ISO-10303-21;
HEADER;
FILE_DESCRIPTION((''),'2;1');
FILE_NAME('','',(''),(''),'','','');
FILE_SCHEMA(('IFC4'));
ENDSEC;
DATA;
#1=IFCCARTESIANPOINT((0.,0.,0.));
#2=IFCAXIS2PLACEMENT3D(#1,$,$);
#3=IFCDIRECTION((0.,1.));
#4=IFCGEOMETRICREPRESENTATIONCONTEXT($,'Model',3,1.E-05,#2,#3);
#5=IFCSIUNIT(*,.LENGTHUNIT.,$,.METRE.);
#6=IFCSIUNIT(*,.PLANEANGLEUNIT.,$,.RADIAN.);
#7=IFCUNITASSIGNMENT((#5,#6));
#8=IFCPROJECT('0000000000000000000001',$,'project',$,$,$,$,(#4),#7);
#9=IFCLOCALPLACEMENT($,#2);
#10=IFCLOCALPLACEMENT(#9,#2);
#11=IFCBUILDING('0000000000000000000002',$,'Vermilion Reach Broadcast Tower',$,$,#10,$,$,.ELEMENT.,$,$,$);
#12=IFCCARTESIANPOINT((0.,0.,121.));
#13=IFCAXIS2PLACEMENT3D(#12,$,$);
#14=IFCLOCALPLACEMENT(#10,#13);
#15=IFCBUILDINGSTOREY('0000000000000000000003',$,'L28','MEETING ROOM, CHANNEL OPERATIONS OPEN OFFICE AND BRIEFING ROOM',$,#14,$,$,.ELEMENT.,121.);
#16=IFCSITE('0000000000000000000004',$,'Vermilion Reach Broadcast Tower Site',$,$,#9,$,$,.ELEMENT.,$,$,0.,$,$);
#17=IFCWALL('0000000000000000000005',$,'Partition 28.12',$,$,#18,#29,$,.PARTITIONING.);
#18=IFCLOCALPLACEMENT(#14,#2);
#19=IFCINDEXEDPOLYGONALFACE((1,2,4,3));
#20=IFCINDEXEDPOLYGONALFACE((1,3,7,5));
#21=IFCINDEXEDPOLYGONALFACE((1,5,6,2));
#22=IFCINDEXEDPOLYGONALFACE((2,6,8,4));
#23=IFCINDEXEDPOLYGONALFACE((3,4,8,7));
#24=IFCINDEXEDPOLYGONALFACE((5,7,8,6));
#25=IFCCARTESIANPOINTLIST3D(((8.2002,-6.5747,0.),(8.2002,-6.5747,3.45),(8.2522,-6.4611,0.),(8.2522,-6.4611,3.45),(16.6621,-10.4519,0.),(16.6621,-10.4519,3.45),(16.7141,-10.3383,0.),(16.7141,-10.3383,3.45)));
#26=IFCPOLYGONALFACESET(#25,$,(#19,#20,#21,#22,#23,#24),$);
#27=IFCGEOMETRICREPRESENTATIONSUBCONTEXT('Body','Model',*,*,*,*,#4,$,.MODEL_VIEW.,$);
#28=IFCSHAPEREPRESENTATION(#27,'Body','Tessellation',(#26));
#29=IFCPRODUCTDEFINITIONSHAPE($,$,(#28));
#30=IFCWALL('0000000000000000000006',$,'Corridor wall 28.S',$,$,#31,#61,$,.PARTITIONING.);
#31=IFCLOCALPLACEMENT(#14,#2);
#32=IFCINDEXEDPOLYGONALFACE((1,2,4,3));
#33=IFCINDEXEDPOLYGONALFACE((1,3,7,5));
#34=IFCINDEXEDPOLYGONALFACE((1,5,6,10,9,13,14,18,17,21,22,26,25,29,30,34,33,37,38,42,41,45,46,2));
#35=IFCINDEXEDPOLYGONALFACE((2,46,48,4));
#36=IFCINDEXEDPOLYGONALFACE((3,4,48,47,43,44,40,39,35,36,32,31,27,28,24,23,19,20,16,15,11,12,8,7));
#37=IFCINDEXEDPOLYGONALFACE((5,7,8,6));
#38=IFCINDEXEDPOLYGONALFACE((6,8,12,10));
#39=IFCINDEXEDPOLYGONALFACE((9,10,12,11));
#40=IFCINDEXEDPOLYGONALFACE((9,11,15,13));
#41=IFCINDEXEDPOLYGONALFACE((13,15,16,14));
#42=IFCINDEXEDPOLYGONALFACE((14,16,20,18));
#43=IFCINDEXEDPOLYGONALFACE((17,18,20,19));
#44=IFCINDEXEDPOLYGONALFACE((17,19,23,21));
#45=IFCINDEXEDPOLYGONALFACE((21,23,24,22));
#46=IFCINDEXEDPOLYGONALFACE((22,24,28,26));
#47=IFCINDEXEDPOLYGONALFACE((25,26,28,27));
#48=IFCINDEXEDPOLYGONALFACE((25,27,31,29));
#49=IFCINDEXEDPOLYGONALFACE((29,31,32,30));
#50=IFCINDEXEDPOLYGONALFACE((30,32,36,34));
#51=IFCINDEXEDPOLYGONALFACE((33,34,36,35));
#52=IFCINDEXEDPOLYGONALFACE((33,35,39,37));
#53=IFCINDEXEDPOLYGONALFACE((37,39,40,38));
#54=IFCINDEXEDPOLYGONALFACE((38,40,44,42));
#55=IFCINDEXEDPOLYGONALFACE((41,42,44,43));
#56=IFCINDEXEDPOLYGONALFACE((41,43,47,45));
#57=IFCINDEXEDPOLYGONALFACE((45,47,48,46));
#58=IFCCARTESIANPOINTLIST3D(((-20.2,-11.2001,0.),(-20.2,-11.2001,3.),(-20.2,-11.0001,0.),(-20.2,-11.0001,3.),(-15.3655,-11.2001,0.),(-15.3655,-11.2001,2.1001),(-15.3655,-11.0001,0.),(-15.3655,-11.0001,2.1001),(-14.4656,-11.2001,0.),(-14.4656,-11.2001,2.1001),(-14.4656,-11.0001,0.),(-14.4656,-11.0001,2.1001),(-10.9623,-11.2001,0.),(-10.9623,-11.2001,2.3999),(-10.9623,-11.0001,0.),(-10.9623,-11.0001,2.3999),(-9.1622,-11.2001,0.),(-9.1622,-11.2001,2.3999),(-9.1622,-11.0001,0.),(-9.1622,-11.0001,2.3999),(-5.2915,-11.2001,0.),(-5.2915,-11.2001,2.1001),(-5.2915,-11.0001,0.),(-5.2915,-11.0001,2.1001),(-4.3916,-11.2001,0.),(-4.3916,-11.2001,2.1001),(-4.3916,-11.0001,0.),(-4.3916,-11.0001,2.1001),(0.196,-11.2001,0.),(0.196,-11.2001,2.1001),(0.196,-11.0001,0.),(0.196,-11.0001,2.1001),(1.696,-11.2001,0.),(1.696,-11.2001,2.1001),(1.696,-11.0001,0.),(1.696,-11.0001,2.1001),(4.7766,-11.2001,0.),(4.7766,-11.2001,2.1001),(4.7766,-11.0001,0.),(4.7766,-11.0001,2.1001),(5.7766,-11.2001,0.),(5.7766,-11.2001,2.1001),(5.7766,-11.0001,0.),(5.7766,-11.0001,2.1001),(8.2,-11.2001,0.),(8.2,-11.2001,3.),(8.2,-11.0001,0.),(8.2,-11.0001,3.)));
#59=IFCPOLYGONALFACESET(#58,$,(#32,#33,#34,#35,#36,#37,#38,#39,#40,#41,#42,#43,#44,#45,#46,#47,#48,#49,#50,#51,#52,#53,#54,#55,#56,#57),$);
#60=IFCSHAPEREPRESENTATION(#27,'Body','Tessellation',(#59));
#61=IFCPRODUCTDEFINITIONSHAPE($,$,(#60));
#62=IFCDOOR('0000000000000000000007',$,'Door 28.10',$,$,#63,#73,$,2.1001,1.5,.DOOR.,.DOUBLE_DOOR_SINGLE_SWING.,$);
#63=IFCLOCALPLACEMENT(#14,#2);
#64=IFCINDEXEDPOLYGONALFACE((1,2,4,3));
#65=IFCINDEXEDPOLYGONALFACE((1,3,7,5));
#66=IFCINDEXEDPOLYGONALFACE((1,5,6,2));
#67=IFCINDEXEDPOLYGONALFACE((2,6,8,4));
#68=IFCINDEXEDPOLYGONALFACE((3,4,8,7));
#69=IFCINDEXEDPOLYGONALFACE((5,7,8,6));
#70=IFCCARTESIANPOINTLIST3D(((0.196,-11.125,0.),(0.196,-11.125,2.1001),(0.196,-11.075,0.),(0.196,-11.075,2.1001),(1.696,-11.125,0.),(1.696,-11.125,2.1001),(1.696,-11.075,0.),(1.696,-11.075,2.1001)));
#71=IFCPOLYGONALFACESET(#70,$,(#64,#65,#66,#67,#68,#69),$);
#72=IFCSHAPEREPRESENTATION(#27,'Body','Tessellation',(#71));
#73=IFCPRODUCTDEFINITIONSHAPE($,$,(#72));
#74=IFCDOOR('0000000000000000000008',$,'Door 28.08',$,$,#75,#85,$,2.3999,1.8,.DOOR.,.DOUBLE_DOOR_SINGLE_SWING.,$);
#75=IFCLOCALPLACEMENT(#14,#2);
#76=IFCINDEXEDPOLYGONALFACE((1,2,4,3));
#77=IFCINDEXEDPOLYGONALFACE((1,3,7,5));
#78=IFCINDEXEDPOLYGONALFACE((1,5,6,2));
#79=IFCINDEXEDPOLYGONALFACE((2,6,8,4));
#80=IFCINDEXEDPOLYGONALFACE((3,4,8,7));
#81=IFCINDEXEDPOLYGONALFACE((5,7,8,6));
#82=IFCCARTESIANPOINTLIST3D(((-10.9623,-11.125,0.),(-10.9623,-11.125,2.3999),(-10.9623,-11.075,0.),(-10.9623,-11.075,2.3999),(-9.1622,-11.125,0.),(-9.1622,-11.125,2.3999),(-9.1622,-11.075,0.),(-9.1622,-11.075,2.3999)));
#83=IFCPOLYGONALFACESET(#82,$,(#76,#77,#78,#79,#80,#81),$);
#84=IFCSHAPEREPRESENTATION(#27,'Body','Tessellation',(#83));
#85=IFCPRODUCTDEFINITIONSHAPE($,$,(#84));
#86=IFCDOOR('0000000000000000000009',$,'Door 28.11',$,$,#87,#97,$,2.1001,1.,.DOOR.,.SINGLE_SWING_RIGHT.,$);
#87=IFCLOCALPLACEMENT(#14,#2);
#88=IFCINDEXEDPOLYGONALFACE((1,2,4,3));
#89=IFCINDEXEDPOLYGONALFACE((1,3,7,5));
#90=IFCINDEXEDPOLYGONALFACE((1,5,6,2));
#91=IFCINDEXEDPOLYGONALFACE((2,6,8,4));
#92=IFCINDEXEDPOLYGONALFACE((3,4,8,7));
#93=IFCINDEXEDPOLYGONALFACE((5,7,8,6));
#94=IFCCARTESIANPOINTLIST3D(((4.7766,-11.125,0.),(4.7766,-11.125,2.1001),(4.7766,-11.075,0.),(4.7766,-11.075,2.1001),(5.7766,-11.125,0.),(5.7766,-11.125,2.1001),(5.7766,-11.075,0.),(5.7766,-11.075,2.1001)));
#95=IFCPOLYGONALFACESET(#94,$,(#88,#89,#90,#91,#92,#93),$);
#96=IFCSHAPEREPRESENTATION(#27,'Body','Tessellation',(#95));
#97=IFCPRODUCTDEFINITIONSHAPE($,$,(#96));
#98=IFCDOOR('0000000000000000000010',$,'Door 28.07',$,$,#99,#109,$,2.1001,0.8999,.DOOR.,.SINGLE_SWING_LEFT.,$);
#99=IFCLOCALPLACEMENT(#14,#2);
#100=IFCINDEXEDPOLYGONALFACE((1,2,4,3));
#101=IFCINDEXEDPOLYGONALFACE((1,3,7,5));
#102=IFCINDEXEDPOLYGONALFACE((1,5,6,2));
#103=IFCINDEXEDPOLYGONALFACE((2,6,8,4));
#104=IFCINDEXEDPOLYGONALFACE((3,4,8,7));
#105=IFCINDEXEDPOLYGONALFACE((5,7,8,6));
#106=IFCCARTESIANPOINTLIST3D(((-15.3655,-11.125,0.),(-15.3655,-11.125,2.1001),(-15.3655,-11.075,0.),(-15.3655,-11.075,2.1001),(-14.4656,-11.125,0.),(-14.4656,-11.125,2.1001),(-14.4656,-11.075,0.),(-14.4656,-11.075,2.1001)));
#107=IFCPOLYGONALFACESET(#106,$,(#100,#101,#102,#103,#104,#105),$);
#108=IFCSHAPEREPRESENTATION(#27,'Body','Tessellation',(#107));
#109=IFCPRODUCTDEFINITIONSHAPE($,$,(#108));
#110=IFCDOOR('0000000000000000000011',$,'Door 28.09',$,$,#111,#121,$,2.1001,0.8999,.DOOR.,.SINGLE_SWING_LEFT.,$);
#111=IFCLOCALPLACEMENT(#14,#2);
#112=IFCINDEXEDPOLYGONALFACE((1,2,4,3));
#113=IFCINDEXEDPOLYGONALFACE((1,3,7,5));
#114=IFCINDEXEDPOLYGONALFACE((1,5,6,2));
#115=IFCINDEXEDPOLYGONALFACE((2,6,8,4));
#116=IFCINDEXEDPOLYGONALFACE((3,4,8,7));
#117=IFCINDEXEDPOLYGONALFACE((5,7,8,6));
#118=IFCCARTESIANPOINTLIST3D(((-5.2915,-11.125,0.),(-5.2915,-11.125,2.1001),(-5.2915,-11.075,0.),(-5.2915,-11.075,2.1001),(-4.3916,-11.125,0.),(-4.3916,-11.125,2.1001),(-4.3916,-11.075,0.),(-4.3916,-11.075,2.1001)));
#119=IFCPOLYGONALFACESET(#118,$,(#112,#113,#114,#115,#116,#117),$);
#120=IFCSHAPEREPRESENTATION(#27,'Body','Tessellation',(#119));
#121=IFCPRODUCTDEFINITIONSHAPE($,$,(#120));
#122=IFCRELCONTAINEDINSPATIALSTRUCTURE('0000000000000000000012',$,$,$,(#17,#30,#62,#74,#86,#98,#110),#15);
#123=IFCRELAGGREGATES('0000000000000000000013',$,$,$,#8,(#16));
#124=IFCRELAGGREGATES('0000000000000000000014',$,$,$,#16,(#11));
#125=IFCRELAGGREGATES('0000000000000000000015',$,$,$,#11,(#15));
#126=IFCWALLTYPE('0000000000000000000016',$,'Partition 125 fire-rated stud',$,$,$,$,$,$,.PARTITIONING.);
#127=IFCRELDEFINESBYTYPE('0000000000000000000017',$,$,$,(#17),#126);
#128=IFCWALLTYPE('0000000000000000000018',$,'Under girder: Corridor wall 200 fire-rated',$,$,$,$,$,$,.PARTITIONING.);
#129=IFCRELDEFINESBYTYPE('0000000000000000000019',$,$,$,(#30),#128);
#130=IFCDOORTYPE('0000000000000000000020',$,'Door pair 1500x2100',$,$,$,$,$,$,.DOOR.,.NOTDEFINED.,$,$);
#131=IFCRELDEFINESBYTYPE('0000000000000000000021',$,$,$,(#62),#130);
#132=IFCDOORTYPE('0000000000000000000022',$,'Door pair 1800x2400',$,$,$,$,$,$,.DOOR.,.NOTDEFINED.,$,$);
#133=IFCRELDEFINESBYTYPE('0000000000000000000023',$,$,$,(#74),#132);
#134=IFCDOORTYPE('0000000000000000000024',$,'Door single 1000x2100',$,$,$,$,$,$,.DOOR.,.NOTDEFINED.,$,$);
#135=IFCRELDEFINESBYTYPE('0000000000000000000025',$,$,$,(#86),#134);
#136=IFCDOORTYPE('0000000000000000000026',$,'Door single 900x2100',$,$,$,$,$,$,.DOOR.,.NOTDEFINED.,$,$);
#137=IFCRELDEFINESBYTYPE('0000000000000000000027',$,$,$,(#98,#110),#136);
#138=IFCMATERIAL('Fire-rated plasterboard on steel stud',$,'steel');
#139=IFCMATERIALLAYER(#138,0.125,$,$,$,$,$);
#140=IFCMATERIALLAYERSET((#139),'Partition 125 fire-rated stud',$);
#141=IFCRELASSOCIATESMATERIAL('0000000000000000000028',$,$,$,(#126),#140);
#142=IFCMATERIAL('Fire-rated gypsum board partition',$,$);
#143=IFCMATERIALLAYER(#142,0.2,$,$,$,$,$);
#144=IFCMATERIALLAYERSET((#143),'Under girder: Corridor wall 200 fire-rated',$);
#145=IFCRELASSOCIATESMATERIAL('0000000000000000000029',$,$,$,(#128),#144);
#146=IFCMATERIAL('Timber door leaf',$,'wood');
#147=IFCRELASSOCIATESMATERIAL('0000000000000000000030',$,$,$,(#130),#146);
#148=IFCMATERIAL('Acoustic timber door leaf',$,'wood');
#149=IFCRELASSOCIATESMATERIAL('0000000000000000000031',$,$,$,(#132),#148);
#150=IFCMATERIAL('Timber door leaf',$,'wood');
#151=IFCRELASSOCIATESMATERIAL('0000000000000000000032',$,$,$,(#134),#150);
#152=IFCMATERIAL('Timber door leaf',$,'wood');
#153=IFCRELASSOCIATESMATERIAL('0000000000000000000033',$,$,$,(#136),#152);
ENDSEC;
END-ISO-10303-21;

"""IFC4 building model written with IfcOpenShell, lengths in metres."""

from ifc_helpers import new_model, si_unit, direction, frame, frame_2d, origin, place, context, subcontext, project, spatial, rectangle, extrude, material, layer, layer_set, type_object, element, fill, save


model = new_model("IFC4")

# Units and contexts
model_context = context("Model", 3, precision=1e-05, world=origin(), true_north=direction((0.0, 1.0)))
body_context = subcontext(model_context, "Body", "Model", "MODEL_VIEW")
ifc_project = project(units=[si_unit("LENGTHUNIT", "METRE"), si_unit("PLANEANGLEUNIT", "RADIAN")], contexts=[model_context])

# Site, building, storey
site_placement = place(None, origin())
site = spatial("IfcSite", under=ifc_project, at=site_placement, Name="Vermilion Reach Broadcast Tower Site", CompositionType="ELEMENT", RefElevation=0.0)
building_placement = place(site_placement, origin())
building = spatial("IfcBuilding", under=site, at=building_placement, Name="Vermilion Reach Broadcast Tower", CompositionType="ELEMENT")
storey_placement = place(building_placement, frame((0.0, 0.0, 121.0)))
storey = spatial("IfcBuildingStorey", under=building, at=storey_placement, Name="L28", Description="MEETING ROOM, CHANNEL OPERATIONS OPEN OFFICE AND BRIEFING ROOM", CompositionType="ELEMENT", Elevation=121.0)

# Wall
ifc_material_1 = material(Name="Fire-rated plasterboard on steel stud", Category="steel")
ifc_layer_1 = layer(ifc_material_1, 0.125)
ifc_layer_set_1 = layer_set([ifc_layer_1], Name="Partition 125 fire-rated stud")
wall_type_1 = type_object("IfcWallType", Name="Partition 125 fire-rated stud", PredefinedType="PARTITIONING", material=ifc_layer_set_1)
wall_1_placement = place(storey_placement, frame((16.688, -10.395, 0.0), z_axis=(0.0, 0.0, 1.0), x_axis=(-0.909113, 0.41655, 0.0)))
element("IfcWall", 1, at=wall_1_placement, inside=storey, type_object=wall_type_1, Name="Partition 28.12", PredefinedType="PARTITIONING", context=body_context, shape_type="SweptSolid", body=[
    extrude(rectangle(XDim=9.3079, YDim=0.125, at=frame_2d((4.6538, 0.0))), origin(), (0.0, 0.0, 1.0), 3.45),
])

# Wall, openings, doors
ifc_material_2 = material(Name="Fire-rated gypsum board partition")
ifc_layer_2 = layer(ifc_material_2, 0.2)
ifc_layer_set_2 = layer_set([ifc_layer_2], Name="Under girder: Corridor wall 200 fire-rated")
wall_type_2 = type_object("IfcWallType", Name="Under girder: Corridor wall 200 fire-rated", PredefinedType="PARTITIONING", material=ifc_layer_set_2)
wall_2_placement = place(storey_placement, frame((8.2, -11.1001, 0.0), z_axis=(0.0, 0.0, 1.0), x_axis=(-1.0, 0.0, 0.0)))
wall_2 = element("IfcWall", 2, at=wall_2_placement, inside=storey, type_object=wall_type_2, Name="Corridor wall 28.S", PredefinedType="PARTITIONING", context=body_context, shape_type="SweptSolid", body=[
    extrude(rectangle(XDim=28.3999, YDim=0.2, at=frame_2d((14.2, 0.0))), origin(), (0.0, 0.0, 1.0), 3.0),
])
opening_1_placement = place(wall_2_placement, frame((22.6655, 0.0, 0.0)))
opening_1 = element("IfcOpeningElement", 3, at=opening_1_placement, cuts=wall_2, PredefinedType="OPENING", context=body_context, shape_type="SweptSolid", body=[
    extrude(rectangle(XDim=0.8999, YDim=2.1001, at=frame_2d((0.45, 1.05))), frame((0.0, 0.1099, 0.0), z_axis=(0.0, -1.0, 0.0), x_axis=(1.0, 0.0, 0.0)), (0.0, 0.0, 1.0), 0.22),
])
opening_2_placement = place(wall_2_placement, frame((17.3623, 0.0, 0.0)))
opening_2 = element("IfcOpeningElement", 4, at=opening_2_placement, cuts=wall_2, PredefinedType="OPENING", context=body_context, shape_type="SweptSolid", body=[
    extrude(rectangle(XDim=1.8, YDim=2.3999, at=frame_2d((0.8999, 1.2))), frame((0.0, 0.1099, 0.0), z_axis=(0.0, -1.0, 0.0), x_axis=(1.0, 0.0, 0.0)), (0.0, 0.0, 1.0), 0.22),
])
opening_3_placement = place(wall_2_placement, frame((12.5916, 0.0, 0.0)))
opening_3 = element("IfcOpeningElement", 5, at=opening_3_placement, cuts=wall_2, PredefinedType="OPENING", context=body_context, shape_type="SweptSolid", body=[
    extrude(rectangle(XDim=0.8999, YDim=2.1001, at=frame_2d((0.45, 1.05))), frame((0.0, 0.1099, 0.0), z_axis=(0.0, -1.0, 0.0), x_axis=(1.0, 0.0, 0.0)), (0.0, 0.0, 1.0), 0.22),
])
opening_4_placement = place(wall_2_placement, frame((6.5039, 0.0, 0.0)))
opening_4 = element("IfcOpeningElement", 6, at=opening_4_placement, cuts=wall_2, PredefinedType="OPENING", context=body_context, shape_type="SweptSolid", body=[
    extrude(rectangle(XDim=1.5, YDim=2.1001, at=frame_2d((0.75, 1.05))), frame((0.0, 0.1099, 0.0), z_axis=(0.0, -1.0, 0.0), x_axis=(1.0, 0.0, 0.0)), (0.0, 0.0, 1.0), 0.22),
])
opening_5_placement = place(wall_2_placement, frame((2.4233, 0.0, 0.0)))
opening_5 = element("IfcOpeningElement", 7, at=opening_5_placement, cuts=wall_2, PredefinedType="OPENING", context=body_context, shape_type="SweptSolid", body=[
    extrude(rectangle(XDim=1.0, YDim=2.1001, at=frame_2d((0.5, 1.05))), frame((0.0, 0.1099, 0.0), z_axis=(0.0, -1.0, 0.0), x_axis=(1.0, 0.0, 0.0)), (0.0, 0.0, 1.0), 0.22),
])
ifc_material_3 = material(Name="Timber door leaf", Category="wood")
door_type_1 = type_object("IfcDoorType", Name="Door pair 1500x2100", OperationType="NOTDEFINED", PredefinedType="DOOR", material=ifc_material_3)
door_1_placement = place(opening_4_placement, origin())
door_1 = element("IfcDoor", 8, at=door_1_placement, inside=storey, type_object=door_type_1, Name="Door 28.10", OperationType="DOUBLE_DOOR_SINGLE_SWING", OverallHeight=2.1001, OverallWidth=1.5, PredefinedType="DOOR", context=body_context, shape_type="SweptSolid", body=[
    extrude(rectangle(XDim=1.5, YDim=2.1001, at=frame_2d((0.75, 1.05))), frame((0.0, 0.0249, 0.0), z_axis=(0.0, -1.0, 0.0), x_axis=(1.0, 0.0, 0.0)), (0.0, 0.0, 1.0), 0.05),
])
fill(opening_4, door_1)
ifc_material_4 = material(Name="Acoustic timber door leaf", Category="wood")
door_type_2 = type_object("IfcDoorType", Name="Door pair 1800x2400", OperationType="NOTDEFINED", PredefinedType="DOOR", material=ifc_material_4)
door_2_placement = place(opening_2_placement, origin())
door_2 = element("IfcDoor", 9, at=door_2_placement, inside=storey, type_object=door_type_2, Name="Door 28.08", OperationType="DOUBLE_DOOR_SINGLE_SWING", OverallHeight=2.3999, OverallWidth=1.8, PredefinedType="DOOR", context=body_context, shape_type="SweptSolid", body=[
    extrude(rectangle(XDim=1.8, YDim=2.3999, at=frame_2d((0.8999, 1.2))), frame((0.0, 0.0249, 0.0), z_axis=(0.0, -1.0, 0.0), x_axis=(1.0, 0.0, 0.0)), (0.0, 0.0, 1.0), 0.05),
])
fill(opening_2, door_2)
ifc_material_5 = material(Name="Timber door leaf", Category="wood")
door_type_3 = type_object("IfcDoorType", Name="Door single 1000x2100", OperationType="NOTDEFINED", PredefinedType="DOOR", material=ifc_material_5)
door_3_placement = place(opening_5_placement, origin())
door_3 = element("IfcDoor", 10, at=door_3_placement, inside=storey, type_object=door_type_3, Name="Door 28.11", OperationType="SINGLE_SWING_RIGHT", OverallHeight=2.1001, OverallWidth=1.0, PredefinedType="DOOR", context=body_context, shape_type="SweptSolid", body=[
    extrude(rectangle(XDim=1.0, YDim=2.1001, at=frame_2d((0.5, 1.05))), frame((0.0, 0.0249, 0.0), z_axis=(0.0, -1.0, 0.0), x_axis=(1.0, 0.0, 0.0)), (0.0, 0.0, 1.0), 0.05),
])
fill(opening_5, door_3)
ifc_material_6 = material(Name="Timber door leaf", Category="wood")
door_type_4 = type_object("IfcDoorType", Name="Door single 900x2100", OperationType="NOTDEFINED", PredefinedType="DOOR", material=ifc_material_6)
door_4_placement = place(opening_1_placement, origin())
door_4 = element("IfcDoor", 11, at=door_4_placement, inside=storey, type_object=door_type_4, Name="Door 28.07", OperationType="SINGLE_SWING_LEFT", OverallHeight=2.1001, OverallWidth=0.8999, PredefinedType="DOOR", context=body_context, shape_type="SweptSolid", body=[
    extrude(rectangle(XDim=0.8999, YDim=2.1001, at=frame_2d((0.45, 1.05))), frame((0.0, 0.0249, 0.0), z_axis=(0.0, -1.0, 0.0), x_axis=(1.0, 0.0, 0.0)), (0.0, 0.0, 1.0), 0.05),
])
fill(opening_1, door_4)
door_5_placement = place(opening_3_placement, origin())
door_5 = element("IfcDoor", 12, at=door_5_placement, inside=storey, type_object=door_type_4, Name="Door 28.09", OperationType="SINGLE_SWING_LEFT", OverallHeight=2.1001, OverallWidth=0.8999, PredefinedType="DOOR", context=body_context, shape_type="SweptSolid", body=[
    extrude(rectangle(XDim=0.8999, YDim=2.1001, at=frame_2d((0.45, 1.05))), frame((0.0, 0.0249, 0.0), z_axis=(0.0, -1.0, 0.0), x_axis=(1.0, 0.0, 0.0)), (0.0, 0.0, 1.0), 0.05),
])
fill(opening_3, door_5)

save(model, "model.ifc")
